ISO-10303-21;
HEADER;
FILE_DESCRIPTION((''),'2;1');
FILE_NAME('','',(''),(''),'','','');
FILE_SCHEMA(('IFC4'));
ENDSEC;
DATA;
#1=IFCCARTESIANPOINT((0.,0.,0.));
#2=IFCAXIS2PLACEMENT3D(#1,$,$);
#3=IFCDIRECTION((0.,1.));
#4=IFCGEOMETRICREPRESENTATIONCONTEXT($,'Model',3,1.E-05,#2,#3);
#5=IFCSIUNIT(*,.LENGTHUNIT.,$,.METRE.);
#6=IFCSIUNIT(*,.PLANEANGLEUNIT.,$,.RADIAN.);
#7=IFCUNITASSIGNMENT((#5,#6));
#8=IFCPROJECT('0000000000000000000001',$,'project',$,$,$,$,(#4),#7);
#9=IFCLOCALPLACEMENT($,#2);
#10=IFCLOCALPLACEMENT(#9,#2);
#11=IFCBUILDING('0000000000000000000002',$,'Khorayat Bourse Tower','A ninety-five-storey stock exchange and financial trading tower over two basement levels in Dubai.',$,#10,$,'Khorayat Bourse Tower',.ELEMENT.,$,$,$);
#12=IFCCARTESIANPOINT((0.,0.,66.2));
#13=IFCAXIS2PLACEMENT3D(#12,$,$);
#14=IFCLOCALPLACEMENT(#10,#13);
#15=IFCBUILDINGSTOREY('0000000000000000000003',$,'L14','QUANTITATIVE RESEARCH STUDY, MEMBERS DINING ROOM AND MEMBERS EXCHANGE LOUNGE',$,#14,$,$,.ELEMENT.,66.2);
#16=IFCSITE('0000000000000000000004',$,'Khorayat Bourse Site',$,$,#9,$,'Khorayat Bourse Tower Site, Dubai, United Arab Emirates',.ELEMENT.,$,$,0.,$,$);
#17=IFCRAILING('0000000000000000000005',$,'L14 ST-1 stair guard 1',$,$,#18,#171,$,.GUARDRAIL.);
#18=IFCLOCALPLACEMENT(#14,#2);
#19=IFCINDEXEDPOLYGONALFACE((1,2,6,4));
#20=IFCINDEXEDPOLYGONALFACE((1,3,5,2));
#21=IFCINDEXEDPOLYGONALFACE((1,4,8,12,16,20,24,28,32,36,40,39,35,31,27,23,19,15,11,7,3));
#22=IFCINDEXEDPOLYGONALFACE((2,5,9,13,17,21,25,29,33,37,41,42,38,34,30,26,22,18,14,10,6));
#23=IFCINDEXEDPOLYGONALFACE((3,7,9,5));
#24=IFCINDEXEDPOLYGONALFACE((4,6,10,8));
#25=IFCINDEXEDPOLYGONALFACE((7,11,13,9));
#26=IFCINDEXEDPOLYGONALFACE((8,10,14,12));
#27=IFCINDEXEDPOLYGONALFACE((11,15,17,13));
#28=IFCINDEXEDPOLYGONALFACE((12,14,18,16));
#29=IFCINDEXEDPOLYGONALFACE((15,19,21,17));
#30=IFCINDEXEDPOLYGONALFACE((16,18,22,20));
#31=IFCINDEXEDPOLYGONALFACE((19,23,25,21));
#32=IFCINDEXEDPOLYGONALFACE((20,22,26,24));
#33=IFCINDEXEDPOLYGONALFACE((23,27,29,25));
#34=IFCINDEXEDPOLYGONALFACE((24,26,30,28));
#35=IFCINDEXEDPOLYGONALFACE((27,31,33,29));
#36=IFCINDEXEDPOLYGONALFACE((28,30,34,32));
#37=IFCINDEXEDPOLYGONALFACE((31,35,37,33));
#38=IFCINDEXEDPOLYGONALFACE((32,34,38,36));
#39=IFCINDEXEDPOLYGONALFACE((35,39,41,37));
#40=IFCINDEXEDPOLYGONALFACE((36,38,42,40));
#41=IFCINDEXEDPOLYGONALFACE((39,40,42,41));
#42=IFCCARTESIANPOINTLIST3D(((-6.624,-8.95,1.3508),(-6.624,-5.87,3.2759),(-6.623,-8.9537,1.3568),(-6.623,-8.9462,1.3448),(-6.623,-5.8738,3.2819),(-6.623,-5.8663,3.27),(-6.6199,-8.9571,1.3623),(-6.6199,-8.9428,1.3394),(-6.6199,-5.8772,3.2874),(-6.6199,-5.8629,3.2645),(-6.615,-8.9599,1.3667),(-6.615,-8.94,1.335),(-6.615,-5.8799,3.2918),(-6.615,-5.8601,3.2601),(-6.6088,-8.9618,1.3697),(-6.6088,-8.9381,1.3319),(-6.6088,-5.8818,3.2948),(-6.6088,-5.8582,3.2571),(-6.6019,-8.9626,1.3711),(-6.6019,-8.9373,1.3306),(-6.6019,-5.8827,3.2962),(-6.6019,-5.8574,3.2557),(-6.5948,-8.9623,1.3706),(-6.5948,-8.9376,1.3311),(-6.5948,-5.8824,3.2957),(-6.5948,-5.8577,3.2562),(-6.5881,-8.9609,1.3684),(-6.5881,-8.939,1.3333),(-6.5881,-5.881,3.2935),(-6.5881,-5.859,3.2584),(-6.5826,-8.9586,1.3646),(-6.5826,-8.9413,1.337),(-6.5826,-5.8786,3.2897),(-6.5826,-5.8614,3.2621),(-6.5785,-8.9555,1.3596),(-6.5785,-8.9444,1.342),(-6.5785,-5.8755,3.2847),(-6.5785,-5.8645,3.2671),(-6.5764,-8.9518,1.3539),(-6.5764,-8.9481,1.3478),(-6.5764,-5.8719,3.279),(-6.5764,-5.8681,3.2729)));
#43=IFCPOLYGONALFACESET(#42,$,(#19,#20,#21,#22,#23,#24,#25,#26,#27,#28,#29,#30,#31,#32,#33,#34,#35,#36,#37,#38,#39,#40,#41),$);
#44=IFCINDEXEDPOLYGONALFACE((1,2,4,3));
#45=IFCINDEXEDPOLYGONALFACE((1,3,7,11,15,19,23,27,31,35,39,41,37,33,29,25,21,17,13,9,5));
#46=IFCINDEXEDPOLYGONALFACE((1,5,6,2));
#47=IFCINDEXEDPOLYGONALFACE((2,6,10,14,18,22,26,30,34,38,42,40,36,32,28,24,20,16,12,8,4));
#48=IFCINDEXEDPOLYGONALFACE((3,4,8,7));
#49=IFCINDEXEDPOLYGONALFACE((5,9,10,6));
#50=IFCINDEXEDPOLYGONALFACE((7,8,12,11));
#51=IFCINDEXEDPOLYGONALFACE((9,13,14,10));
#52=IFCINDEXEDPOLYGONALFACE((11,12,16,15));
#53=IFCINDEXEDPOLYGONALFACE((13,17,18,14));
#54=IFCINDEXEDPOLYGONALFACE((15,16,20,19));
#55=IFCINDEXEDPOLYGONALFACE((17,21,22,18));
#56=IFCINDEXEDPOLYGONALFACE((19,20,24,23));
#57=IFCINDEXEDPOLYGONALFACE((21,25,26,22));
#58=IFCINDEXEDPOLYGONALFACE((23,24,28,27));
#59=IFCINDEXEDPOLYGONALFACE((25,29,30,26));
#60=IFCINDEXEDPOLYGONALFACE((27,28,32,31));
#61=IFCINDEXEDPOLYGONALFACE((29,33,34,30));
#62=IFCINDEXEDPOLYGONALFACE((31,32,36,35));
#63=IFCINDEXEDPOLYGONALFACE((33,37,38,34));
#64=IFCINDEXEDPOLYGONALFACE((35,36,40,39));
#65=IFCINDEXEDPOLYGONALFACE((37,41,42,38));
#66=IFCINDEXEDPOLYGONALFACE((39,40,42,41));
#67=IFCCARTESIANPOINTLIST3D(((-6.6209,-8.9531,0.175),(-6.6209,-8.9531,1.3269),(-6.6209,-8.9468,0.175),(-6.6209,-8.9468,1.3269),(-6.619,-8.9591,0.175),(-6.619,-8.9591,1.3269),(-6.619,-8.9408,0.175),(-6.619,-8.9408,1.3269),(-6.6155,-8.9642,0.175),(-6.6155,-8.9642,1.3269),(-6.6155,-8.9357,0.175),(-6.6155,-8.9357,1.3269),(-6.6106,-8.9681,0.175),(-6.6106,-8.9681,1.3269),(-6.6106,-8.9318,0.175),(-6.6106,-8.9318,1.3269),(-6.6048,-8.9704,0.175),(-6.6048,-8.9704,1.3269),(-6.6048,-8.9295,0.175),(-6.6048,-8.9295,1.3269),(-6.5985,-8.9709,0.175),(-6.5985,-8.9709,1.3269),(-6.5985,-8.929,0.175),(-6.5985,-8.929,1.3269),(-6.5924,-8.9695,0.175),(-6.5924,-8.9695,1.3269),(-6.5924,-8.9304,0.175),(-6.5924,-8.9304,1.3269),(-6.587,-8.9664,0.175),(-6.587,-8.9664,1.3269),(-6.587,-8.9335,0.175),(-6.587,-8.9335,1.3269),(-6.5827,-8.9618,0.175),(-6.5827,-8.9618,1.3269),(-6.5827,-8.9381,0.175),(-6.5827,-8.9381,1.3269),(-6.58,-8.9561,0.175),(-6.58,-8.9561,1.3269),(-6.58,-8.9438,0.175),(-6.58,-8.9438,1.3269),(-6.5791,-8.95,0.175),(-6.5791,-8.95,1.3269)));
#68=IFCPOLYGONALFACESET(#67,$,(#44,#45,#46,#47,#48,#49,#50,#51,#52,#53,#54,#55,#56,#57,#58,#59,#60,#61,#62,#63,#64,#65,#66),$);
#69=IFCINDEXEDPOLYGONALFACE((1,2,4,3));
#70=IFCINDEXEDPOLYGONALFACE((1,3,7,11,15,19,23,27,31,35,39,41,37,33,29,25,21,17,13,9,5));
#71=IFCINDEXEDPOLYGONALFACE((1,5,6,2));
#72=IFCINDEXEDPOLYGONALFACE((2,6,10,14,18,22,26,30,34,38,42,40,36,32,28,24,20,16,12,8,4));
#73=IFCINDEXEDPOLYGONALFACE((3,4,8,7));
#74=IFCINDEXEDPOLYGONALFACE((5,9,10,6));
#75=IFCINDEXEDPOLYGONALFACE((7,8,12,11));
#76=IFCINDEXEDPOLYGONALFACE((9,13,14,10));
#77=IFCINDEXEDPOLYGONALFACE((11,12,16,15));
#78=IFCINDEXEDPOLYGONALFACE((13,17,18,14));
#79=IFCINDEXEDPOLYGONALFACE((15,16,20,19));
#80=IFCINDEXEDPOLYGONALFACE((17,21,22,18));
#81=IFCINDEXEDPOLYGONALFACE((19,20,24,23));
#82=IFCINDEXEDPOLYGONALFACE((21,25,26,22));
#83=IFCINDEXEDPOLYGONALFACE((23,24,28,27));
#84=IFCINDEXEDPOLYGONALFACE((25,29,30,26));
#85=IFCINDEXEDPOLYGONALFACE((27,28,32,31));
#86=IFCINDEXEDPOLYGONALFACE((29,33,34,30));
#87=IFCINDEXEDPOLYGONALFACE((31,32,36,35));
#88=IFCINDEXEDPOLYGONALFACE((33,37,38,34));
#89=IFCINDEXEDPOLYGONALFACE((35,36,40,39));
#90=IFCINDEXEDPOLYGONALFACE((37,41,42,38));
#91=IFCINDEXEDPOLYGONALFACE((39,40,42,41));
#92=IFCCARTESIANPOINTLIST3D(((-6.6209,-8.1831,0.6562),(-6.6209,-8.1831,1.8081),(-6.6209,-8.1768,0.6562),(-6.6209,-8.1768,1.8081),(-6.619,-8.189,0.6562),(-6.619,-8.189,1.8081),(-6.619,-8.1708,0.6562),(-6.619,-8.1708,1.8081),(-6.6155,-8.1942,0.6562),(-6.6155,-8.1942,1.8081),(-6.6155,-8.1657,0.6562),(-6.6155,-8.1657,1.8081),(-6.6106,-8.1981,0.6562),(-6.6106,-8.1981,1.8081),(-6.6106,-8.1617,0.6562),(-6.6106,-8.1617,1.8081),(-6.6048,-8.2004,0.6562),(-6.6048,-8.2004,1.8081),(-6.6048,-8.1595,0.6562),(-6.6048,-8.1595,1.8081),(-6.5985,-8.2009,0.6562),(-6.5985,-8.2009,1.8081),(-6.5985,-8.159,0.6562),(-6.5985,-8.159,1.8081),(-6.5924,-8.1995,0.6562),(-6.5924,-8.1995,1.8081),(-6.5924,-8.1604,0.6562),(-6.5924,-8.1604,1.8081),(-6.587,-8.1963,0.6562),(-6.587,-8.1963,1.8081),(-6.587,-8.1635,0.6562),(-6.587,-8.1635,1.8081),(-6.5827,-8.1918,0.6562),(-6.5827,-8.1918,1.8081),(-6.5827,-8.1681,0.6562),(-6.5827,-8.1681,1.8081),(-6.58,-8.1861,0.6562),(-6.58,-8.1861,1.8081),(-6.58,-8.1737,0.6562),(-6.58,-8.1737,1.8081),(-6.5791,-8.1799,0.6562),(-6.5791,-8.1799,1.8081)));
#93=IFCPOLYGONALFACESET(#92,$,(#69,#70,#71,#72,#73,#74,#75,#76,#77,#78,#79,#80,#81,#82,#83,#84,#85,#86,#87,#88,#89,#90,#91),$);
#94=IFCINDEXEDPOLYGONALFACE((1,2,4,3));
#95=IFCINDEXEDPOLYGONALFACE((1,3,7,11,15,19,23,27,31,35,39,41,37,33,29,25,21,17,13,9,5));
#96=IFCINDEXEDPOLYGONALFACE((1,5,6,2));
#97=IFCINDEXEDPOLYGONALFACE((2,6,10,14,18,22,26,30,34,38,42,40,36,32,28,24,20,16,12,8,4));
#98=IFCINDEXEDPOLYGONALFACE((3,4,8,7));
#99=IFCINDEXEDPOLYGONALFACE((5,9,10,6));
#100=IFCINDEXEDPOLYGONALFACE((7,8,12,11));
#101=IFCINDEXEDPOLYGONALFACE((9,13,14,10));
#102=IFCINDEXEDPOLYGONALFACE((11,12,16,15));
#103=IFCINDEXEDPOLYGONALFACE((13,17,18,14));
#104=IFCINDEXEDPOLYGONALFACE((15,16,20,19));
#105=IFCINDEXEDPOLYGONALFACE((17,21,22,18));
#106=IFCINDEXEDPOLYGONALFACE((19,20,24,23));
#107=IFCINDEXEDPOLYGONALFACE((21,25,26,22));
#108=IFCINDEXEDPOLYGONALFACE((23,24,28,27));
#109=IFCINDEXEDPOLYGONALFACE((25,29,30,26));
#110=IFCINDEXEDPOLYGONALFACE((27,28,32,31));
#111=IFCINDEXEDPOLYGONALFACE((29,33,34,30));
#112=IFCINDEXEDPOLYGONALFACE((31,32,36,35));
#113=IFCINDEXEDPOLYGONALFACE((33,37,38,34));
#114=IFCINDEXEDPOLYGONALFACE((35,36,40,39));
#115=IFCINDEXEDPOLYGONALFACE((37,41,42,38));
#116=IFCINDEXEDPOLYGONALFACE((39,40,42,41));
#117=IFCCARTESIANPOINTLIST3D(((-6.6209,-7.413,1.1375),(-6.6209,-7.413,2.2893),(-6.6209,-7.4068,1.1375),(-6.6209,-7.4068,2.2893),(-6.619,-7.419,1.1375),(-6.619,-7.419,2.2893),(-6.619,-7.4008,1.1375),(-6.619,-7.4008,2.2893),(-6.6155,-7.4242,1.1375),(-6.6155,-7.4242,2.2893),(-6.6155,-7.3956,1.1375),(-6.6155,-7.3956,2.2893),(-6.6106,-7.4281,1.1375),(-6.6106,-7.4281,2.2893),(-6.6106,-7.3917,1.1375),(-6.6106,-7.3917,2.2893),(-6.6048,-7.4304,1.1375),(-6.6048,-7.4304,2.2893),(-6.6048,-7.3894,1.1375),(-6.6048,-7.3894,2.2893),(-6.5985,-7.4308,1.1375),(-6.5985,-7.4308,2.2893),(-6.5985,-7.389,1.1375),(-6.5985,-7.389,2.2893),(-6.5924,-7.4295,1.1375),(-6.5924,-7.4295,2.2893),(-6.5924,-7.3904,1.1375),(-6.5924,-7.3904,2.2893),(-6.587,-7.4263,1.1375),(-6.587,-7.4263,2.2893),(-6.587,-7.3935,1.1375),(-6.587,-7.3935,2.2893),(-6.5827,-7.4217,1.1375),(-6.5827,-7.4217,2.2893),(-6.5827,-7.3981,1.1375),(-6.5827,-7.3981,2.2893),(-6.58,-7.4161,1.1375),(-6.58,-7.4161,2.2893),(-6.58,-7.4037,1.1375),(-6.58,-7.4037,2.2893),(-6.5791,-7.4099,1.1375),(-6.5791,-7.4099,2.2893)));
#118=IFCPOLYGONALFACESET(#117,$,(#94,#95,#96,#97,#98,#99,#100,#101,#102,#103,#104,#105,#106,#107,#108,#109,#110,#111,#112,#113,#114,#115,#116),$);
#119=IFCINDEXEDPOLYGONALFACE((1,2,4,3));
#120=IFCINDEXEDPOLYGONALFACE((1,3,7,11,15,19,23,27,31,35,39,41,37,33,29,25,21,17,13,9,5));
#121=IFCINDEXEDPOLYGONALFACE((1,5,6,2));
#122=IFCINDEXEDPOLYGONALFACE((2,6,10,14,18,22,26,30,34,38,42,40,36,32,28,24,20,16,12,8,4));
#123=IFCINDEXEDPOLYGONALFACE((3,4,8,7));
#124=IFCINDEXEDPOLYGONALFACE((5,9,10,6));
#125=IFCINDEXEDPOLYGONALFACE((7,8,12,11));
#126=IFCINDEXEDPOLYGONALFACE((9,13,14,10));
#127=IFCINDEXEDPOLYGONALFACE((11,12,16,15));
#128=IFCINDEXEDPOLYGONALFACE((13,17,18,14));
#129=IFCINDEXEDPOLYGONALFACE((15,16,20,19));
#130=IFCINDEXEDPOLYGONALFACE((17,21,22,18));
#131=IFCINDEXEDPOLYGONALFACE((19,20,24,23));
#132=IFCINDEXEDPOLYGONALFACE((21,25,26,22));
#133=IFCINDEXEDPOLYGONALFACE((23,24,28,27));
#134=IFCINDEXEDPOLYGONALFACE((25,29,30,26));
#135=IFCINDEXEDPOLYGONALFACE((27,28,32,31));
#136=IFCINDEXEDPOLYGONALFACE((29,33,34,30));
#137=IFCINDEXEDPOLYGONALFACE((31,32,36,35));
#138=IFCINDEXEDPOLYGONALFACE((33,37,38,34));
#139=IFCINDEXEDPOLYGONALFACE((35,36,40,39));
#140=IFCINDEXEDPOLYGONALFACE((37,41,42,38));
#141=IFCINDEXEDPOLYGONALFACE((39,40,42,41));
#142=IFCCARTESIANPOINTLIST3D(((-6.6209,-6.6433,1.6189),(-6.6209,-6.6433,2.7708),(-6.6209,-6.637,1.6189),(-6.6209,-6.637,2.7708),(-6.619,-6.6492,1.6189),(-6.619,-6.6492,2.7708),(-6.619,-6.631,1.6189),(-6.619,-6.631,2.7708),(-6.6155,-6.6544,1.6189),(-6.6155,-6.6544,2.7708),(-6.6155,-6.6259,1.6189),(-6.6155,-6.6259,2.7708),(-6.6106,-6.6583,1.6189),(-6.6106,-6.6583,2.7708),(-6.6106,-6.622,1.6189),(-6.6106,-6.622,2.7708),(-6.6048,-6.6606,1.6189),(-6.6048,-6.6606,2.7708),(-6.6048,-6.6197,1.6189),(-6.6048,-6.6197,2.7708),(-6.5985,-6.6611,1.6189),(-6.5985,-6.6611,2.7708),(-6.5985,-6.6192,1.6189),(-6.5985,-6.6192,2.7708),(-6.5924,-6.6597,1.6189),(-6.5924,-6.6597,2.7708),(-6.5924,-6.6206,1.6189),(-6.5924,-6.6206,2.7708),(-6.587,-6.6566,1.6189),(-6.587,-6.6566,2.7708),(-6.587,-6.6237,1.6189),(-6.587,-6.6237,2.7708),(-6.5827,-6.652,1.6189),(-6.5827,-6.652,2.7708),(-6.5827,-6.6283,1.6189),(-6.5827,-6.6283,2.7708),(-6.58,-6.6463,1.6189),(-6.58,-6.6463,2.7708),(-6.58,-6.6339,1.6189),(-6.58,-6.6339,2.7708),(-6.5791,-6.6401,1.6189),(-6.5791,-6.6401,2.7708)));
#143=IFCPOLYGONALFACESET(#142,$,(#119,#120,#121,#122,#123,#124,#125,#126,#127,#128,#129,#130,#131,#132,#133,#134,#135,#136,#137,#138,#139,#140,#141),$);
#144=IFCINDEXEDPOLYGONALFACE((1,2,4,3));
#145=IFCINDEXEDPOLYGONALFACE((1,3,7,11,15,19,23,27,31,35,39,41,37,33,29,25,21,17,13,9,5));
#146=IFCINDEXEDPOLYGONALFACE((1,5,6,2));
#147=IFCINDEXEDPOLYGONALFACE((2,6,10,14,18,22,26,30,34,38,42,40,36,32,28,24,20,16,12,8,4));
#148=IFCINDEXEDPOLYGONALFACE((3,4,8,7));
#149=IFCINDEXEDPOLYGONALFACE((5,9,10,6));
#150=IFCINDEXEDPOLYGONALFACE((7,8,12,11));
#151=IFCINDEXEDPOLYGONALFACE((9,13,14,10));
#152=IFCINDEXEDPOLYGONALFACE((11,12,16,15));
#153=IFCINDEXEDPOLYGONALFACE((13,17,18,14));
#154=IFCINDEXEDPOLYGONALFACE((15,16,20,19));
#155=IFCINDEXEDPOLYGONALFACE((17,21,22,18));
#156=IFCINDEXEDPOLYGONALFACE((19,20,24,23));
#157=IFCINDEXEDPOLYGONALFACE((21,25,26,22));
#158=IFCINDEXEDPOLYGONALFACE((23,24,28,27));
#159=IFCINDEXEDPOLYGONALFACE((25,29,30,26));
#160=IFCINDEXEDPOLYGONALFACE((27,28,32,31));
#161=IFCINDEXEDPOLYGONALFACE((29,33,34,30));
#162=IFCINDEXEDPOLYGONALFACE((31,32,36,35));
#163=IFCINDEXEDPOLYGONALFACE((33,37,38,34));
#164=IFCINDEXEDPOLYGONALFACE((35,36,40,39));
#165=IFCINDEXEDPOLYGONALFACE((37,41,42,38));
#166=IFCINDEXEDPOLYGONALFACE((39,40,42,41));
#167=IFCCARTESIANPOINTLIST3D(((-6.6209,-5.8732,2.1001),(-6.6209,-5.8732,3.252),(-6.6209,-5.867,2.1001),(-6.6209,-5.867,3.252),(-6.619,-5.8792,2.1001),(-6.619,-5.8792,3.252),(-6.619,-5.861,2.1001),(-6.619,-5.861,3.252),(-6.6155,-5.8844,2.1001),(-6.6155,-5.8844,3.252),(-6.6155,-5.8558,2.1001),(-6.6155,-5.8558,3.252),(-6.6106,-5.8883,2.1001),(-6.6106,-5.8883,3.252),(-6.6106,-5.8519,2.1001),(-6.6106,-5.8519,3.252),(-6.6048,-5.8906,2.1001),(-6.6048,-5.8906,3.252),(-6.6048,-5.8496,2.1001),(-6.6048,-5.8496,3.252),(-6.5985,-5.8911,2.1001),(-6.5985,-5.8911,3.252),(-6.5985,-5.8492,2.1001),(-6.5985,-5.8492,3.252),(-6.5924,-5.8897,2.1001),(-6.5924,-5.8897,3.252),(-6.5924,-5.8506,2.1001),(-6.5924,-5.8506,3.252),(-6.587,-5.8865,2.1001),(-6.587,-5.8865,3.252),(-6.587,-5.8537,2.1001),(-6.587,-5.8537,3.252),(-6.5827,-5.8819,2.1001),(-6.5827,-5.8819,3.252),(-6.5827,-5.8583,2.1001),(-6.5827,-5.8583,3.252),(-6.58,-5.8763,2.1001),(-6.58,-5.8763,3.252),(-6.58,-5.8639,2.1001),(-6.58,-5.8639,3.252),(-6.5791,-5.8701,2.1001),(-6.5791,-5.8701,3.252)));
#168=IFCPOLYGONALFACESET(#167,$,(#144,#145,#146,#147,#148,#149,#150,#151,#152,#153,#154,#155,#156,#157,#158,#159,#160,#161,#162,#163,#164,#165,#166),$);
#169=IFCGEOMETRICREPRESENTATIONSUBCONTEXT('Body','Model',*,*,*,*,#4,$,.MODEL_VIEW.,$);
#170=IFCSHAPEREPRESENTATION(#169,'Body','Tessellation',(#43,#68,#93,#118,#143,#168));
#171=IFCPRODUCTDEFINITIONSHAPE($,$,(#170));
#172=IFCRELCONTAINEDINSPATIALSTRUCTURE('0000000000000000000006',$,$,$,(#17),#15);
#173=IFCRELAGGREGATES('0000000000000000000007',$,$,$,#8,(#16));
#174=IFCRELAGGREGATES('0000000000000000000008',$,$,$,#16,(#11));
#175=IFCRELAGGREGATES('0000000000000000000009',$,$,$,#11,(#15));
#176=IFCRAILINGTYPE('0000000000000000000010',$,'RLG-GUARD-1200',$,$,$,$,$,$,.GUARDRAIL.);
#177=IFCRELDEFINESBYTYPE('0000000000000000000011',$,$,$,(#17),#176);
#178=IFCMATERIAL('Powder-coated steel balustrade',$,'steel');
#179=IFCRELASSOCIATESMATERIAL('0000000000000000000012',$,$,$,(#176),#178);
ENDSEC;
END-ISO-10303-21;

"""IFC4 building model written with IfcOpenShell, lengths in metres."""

from ifc_helpers import new_model, si_unit, direction, frame, origin, origin_2d, place, context, subcontext, project, spatial, circle, extrude, source, transform, mapped, material, type_object, element, save


model = new_model("IFC4")

# Units and contexts
model_context = context("Model", 3, precision=1e-05, world=origin(), true_north=direction((0.0, 1.0)))
body_context = subcontext(model_context, "Body", "Model", "MODEL_VIEW")
ifc_project = project(units=[si_unit("LENGTHUNIT", "METRE"), si_unit("PLANEANGLEUNIT", "RADIAN")], contexts=[model_context])

# Site, building, storey
site_placement = place(None, origin())
site = spatial("IfcSite", under=ifc_project, at=site_placement, Name="Khorayat Bourse Site", LongName="Khorayat Bourse Tower Site, Dubai, United Arab Emirates", CompositionType="ELEMENT", RefElevation=0.0)
building_placement = place(site_placement, origin())
building = spatial("IfcBuilding", under=site, at=building_placement, Name="Khorayat Bourse Tower", Description="A ninety-five-storey stock exchange and financial trading tower over two basement levels in Dubai.", LongName="Khorayat Bourse Tower", CompositionType="ELEMENT")
storey_placement = place(building_placement, frame((0.0, 0.0, 66.2)))
storey = spatial("IfcBuildingStorey", under=building, at=storey_placement, Name="L14", Description="QUANTITATIVE RESEARCH STUDY, MEMBERS DINING ROOM AND MEMBERS EXCHANGE LOUNGE", CompositionType="ELEMENT", Elevation=66.2)

# Railing
ifc_material_1 = material(Name="Powder-coated steel balustrade", Category="steel")
railing_type_1 = type_object("IfcRailingType", Name="RLG-GUARD-1200", PredefinedType="GUARDRAIL", material=ifc_material_1)
shared_shape_1 = source(origin(), body_context, "Body", "SweptSolid", [
    extrude(circle(Radius=0.0239, at=origin_2d()), frame((0.0, 0.0, 1.1758), z_axis=(0.0, 0.847979, 0.530029), x_axis=(-1.0, 0.0, 0.0)), (0.0, 0.0, 1.0), 3.6321),
    extrude(circle(Radius=0.021, at=origin_2d()), origin(), (0.0, 0.0, 1.0), 1.1519),
    extrude(circle(Radius=0.021, at=origin_2d()), frame((0.0, 0.77, 0.4812)), (0.0, 0.0, 1.0), 1.1519),
    extrude(circle(Radius=0.021, at=origin_2d()), frame((0.0, 1.54, 0.9624)), (0.0, 0.0, 1.0), 1.1519),
    extrude(circle(Radius=0.021, at=origin_2d()), frame((0.0, 2.3098, 1.4438)), (0.0, 0.0, 1.0), 1.1519),
    extrude(circle(Radius=0.021, at=origin_2d()), frame((0.0, 3.0798, 1.925)), (0.0, 0.0, 1.0), 1.1519),
])
railing_1_placement = place(storey_placement, frame((-6.6001, -8.95, 0.175)))
element("IfcRailing", 1, at=railing_1_placement, inside=storey, type_object=railing_type_1, Name="L14 ST-1 stair guard 1", PredefinedType="GUARDRAIL", context=body_context, shape_type="MappedRepresentation", body=[
    mapped(shared_shape_1, transform((0.0, 0.0, 0.0), scale=1.0)),
])

save(model, "model.ifc")
